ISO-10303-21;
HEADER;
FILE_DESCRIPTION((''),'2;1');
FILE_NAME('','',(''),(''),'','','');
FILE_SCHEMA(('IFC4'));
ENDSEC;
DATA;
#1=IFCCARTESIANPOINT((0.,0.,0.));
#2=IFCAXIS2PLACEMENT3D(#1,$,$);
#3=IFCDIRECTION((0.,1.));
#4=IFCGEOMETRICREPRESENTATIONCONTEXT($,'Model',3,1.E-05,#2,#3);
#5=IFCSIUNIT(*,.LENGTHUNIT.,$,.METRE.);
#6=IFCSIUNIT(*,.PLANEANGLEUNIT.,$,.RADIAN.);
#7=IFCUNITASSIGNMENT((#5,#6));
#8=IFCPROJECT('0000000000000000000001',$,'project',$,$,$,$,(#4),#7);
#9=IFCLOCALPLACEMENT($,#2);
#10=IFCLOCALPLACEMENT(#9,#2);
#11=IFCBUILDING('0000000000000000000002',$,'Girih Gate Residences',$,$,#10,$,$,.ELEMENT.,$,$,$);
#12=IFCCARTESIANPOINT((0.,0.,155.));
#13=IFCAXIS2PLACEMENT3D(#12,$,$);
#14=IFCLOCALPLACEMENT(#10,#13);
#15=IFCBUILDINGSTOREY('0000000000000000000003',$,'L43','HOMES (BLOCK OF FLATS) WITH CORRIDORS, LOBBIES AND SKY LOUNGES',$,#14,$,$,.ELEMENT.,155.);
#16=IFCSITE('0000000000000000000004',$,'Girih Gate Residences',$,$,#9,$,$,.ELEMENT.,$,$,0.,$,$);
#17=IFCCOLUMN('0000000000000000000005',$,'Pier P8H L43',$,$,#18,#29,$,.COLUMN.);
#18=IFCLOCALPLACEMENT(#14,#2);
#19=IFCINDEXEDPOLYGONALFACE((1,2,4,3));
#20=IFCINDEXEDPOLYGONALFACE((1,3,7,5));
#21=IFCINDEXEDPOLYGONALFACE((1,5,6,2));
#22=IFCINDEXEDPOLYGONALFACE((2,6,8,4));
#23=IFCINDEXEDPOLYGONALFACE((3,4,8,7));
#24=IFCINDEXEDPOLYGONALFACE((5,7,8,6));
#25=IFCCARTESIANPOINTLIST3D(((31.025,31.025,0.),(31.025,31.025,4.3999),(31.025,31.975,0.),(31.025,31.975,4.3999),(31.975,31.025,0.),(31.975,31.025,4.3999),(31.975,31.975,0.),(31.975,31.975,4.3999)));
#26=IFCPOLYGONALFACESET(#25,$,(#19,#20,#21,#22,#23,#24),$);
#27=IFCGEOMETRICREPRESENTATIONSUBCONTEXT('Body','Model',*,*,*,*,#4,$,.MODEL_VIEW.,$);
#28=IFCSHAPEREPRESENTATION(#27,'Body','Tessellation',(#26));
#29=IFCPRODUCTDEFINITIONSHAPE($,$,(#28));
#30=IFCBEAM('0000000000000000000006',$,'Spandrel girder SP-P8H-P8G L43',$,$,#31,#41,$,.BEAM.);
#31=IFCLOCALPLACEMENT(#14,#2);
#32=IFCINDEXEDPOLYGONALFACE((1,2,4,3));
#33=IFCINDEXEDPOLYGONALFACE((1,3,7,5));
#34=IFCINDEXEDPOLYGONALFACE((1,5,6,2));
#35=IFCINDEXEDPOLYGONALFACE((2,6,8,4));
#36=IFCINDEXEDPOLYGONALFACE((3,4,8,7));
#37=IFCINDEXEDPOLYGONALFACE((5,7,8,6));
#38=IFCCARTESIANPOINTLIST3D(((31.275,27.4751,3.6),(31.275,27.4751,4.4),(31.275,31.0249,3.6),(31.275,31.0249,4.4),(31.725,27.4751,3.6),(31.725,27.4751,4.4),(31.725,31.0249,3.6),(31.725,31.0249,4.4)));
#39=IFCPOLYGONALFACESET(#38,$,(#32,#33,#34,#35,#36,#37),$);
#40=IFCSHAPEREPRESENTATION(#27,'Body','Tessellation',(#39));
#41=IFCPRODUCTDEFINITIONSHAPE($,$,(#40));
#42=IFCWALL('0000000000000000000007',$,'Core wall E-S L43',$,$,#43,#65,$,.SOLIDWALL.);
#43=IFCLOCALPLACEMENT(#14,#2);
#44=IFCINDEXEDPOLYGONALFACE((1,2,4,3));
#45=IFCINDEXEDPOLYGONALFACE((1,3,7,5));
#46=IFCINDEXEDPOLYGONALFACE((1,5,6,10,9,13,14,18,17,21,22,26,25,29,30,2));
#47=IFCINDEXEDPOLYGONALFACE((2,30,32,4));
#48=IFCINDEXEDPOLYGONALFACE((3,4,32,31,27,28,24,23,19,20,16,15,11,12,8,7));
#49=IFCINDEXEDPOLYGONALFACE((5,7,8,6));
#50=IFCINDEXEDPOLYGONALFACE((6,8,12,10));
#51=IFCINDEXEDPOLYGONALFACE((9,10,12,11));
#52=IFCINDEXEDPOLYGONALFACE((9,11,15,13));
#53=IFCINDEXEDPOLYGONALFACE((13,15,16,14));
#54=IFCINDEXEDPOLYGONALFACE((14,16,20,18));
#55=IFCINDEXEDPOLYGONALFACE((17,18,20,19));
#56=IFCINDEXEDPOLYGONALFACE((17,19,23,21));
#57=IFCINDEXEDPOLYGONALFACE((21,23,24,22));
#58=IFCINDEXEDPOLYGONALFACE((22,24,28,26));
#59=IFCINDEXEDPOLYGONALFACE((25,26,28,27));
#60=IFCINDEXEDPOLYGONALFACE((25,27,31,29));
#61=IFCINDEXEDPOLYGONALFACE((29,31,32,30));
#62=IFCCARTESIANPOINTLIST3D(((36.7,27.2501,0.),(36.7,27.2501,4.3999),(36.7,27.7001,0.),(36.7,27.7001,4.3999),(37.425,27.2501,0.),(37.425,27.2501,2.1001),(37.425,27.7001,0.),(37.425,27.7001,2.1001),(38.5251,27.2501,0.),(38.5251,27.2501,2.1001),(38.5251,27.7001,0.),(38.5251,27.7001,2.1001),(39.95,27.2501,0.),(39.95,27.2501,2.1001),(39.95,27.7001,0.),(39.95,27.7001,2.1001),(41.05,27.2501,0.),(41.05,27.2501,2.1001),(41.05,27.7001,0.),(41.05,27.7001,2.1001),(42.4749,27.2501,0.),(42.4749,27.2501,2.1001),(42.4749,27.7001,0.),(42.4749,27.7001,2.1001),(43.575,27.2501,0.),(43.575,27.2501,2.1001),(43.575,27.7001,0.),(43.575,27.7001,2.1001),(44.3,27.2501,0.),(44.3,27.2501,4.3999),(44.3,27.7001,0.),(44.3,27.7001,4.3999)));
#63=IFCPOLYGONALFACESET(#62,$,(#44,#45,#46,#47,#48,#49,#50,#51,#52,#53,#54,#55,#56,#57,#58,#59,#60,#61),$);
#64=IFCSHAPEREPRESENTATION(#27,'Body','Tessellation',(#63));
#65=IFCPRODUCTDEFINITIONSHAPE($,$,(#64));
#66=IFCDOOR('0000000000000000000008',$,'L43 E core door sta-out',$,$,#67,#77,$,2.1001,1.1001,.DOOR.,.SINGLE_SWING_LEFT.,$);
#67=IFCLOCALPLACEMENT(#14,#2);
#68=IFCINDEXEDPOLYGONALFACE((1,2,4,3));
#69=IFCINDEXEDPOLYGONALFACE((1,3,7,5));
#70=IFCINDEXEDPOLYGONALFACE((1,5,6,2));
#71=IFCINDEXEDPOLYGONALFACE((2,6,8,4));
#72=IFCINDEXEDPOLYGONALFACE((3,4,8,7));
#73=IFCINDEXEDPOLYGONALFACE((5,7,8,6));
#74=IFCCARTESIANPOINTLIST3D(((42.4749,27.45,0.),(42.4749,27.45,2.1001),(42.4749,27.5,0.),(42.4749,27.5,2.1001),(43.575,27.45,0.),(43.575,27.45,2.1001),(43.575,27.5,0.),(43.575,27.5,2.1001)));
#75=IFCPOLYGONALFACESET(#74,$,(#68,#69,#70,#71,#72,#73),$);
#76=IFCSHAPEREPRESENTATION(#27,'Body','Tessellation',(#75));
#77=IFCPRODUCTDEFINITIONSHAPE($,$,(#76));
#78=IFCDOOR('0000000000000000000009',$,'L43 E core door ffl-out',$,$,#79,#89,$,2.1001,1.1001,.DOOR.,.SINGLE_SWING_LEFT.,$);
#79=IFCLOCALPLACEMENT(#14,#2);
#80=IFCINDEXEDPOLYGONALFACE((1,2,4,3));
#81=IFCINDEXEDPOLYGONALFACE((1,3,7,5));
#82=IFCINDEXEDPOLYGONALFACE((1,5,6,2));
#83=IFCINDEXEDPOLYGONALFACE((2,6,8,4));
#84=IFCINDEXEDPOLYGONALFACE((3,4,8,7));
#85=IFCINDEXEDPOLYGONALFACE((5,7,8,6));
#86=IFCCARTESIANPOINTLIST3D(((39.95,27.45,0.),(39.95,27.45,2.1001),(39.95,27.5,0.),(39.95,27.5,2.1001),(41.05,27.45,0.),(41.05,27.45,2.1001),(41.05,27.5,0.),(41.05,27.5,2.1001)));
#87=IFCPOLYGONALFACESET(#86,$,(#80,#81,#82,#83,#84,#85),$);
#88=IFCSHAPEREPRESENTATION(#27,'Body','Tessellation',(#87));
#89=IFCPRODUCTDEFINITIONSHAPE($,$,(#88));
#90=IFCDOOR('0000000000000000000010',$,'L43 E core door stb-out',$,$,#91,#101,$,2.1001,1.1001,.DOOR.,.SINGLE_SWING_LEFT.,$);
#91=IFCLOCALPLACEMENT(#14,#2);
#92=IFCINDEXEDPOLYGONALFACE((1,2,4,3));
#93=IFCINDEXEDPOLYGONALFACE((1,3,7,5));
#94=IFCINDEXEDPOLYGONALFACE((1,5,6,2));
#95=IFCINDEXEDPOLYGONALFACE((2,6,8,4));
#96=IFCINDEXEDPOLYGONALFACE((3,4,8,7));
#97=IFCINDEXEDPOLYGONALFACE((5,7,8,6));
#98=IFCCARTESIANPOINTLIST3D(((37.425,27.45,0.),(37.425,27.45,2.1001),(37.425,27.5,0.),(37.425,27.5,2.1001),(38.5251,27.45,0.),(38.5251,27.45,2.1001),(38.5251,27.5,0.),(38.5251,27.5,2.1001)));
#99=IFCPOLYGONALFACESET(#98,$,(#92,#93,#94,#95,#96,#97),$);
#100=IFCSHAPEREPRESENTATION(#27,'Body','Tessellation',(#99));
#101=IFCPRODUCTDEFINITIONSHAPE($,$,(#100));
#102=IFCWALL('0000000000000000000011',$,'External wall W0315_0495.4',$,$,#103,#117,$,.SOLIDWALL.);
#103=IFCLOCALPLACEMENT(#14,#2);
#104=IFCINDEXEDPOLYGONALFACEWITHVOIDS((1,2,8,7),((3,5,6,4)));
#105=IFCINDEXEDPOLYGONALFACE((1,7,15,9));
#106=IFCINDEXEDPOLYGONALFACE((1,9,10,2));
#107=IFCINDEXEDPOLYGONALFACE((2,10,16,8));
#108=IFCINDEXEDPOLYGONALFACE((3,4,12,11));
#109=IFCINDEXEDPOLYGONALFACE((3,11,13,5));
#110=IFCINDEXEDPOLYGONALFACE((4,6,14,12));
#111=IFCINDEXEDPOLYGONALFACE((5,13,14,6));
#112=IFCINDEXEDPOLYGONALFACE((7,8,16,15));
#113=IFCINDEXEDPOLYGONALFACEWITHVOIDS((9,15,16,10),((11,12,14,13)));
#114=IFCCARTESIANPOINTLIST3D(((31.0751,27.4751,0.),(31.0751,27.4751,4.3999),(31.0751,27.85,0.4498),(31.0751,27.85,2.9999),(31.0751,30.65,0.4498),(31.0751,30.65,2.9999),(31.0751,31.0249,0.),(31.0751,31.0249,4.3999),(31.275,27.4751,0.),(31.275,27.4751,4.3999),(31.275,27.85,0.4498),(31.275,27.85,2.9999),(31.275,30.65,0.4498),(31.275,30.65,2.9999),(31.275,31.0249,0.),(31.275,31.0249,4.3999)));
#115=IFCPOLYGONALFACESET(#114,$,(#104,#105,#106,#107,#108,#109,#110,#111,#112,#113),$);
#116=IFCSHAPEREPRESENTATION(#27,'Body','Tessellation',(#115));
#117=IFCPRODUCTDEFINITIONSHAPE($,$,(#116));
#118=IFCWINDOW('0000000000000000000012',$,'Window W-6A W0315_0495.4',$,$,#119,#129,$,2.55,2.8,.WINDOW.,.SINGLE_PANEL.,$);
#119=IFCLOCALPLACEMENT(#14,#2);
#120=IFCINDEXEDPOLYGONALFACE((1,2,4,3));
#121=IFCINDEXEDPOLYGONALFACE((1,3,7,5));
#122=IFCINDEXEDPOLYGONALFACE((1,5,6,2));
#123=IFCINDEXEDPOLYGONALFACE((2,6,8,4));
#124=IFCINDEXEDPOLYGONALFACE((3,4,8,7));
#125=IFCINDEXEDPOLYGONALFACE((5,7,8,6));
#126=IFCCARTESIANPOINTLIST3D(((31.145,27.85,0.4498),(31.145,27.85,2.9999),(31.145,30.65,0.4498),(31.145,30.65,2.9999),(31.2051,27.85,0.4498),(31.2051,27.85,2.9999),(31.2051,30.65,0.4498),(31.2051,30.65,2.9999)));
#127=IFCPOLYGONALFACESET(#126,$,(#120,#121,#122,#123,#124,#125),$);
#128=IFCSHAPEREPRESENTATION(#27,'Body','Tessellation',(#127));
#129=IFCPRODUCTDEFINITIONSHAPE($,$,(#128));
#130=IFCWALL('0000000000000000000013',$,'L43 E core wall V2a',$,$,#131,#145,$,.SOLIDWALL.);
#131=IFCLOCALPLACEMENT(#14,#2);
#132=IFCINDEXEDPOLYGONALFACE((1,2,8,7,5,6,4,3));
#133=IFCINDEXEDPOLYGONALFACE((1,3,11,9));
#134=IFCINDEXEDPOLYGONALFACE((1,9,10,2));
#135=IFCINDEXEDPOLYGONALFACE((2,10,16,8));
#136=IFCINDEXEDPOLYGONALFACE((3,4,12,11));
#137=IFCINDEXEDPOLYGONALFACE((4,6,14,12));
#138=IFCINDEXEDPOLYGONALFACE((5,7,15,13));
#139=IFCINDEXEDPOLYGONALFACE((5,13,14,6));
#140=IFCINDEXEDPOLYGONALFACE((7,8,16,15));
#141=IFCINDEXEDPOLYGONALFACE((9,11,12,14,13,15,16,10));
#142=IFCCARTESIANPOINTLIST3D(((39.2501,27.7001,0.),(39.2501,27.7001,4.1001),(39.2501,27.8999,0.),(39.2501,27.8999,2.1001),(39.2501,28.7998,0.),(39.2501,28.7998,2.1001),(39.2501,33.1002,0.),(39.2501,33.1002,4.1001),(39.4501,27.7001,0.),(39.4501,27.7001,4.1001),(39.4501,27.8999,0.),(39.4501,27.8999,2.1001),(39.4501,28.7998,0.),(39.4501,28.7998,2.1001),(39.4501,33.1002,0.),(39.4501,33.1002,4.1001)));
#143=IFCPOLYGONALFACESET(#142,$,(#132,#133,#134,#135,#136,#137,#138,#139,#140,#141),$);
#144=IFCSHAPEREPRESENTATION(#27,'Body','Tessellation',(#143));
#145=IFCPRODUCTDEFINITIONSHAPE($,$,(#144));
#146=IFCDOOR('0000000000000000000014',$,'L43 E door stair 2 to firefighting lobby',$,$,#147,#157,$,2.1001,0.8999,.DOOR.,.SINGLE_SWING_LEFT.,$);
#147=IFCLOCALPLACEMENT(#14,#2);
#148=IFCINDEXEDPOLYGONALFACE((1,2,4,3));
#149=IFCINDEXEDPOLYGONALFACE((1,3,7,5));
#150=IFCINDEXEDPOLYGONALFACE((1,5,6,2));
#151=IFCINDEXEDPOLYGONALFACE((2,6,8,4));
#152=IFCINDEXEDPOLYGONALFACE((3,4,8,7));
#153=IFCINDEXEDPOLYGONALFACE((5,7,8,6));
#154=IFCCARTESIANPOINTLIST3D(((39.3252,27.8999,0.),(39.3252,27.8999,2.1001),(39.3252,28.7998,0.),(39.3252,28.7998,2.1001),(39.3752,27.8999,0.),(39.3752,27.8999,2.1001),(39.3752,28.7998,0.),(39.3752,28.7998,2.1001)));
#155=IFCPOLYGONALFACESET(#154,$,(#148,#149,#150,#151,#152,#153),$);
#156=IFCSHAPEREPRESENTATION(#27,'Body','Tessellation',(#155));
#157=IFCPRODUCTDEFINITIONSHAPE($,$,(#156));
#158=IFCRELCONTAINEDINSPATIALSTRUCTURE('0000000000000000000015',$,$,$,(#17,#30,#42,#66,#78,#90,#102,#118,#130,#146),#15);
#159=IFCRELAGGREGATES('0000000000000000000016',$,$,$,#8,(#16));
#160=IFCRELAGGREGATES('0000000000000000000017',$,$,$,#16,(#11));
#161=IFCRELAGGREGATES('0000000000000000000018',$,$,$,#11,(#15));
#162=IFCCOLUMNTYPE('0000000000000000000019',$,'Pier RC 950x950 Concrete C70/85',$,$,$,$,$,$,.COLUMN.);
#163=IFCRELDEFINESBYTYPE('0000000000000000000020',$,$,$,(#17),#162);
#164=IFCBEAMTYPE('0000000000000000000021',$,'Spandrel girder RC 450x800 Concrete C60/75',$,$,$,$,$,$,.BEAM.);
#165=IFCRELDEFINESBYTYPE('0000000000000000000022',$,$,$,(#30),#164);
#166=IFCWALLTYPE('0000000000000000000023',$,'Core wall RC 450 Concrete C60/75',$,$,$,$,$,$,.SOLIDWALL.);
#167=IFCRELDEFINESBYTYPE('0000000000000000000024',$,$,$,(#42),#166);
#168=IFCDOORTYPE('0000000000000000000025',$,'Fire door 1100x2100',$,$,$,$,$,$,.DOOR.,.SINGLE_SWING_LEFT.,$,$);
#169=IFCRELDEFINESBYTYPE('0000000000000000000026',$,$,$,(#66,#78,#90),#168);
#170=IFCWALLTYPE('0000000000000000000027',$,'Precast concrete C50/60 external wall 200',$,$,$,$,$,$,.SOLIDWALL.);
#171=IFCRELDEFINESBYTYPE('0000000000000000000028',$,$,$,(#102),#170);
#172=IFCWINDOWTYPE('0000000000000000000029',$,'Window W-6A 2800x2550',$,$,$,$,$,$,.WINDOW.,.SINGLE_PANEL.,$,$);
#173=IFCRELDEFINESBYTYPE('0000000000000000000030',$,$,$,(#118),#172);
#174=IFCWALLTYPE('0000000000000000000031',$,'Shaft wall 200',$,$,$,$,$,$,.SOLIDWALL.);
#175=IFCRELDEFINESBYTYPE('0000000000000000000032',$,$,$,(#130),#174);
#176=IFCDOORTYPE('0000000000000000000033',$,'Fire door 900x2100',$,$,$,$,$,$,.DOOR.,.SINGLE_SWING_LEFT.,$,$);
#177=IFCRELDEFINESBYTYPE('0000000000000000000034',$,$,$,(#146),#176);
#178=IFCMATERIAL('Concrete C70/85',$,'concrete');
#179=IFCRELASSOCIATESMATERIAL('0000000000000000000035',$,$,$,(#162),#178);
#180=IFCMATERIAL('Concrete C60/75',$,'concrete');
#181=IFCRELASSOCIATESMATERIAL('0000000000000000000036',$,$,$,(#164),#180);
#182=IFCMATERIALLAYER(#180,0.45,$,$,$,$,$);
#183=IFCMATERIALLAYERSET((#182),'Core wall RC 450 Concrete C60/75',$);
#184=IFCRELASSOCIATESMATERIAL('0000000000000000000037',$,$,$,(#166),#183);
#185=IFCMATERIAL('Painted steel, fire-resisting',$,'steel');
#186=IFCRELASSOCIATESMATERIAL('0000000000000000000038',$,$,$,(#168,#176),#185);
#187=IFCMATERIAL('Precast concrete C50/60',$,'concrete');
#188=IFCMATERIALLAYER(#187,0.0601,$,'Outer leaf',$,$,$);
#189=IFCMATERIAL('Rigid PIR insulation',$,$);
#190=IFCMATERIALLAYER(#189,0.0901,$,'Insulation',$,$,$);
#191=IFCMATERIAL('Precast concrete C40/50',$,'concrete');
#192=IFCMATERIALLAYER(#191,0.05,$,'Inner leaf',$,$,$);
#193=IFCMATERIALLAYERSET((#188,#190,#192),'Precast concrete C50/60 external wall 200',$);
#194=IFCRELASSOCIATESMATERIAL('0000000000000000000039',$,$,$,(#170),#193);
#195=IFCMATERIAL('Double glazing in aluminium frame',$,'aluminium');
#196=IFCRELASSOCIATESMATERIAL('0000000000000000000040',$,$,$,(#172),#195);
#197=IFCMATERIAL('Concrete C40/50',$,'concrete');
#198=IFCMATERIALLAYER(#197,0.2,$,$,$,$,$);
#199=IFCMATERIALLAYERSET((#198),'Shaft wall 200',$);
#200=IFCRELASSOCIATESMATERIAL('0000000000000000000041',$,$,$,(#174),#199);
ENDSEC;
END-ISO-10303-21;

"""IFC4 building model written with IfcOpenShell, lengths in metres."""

from ifc_helpers import new_model, si_unit, direction, frame, frame_2d, origin, origin_2d, place, context, subcontext, project, spatial, rectangle, extrude, material, layer, layer_set, material_profile, profile_set, type_object, element, fill, save


model = new_model("IFC4")

# Units and contexts
model_context = context("Model", 3, precision=1e-05, world=origin(), true_north=direction((0.0, 1.0)))
body_context = subcontext(model_context, "Body", "Model", "MODEL_VIEW")
ifc_project = project(units=[si_unit("LENGTHUNIT", "METRE"), si_unit("PLANEANGLEUNIT", "RADIAN")], contexts=[model_context])

# Site, building, storey
site_placement = place(None, origin())
site = spatial("IfcSite", under=ifc_project, at=site_placement, Name="Girih Gate Residences", CompositionType="ELEMENT", RefElevation=0.0)
building_placement = place(site_placement, origin())
building = spatial("IfcBuilding", under=site, at=building_placement, Name="Girih Gate Residences", CompositionType="ELEMENT")
storey_placement = place(building_placement, frame((0.0, 0.0, 155.0)))
storey = spatial("IfcBuildingStorey", under=building, at=storey_placement, Name="L43", Description="HOMES (BLOCK OF FLATS) WITH CORRIDORS, LOBBIES AND SKY LOUNGES", CompositionType="ELEMENT", Elevation=155.0)

# Column
ifc_material_1 = material(Name="Concrete C70/85", Category="concrete")
ifc_material_profile_1 = material_profile(ifc_material_1, rectangle(XDim=0.95, YDim=0.95, at=origin_2d()))
ifc_profile_set_1 = profile_set([ifc_material_profile_1], Name="Concrete C70/85")
column_type = type_object("IfcColumnType", Name="Pier RC 950x950 Concrete C70/85", PredefinedType="COLUMN", material=ifc_profile_set_1)
column_placement = place(storey_placement, frame((31.5, 31.5, 0.0), z_axis=(0.0, 0.0, 1.0), x_axis=(1.0, 0.0, 0.0)))
element("IfcColumn", 1, at=column_placement, inside=storey, type_object=column_type, Name="Pier P8H L43", PredefinedType="COLUMN", context=body_context, shape_type="SweptSolid", body=[
    extrude(rectangle(XDim=0.95, YDim=0.95, at=origin_2d()), origin(), (0.0, 0.0, 1.0), 4.3999),
])

# Beam
ifc_material_2 = material(Name="Concrete C60/75", Category="concrete")
ifc_material_profile_2 = material_profile(ifc_material_2, rectangle(XDim=0.45, YDim=0.8, at=origin_2d()))
ifc_profile_set_2 = profile_set([ifc_material_profile_2], Name="Concrete C60/75")
beam_type = type_object("IfcBeamType", Name="Spandrel girder RC 450x800 Concrete C60/75", PredefinedType="BEAM", material=ifc_profile_set_2)
beam_placement = place(storey_placement, frame((31.5, 31.0249, 4.0), z_axis=(0.0, -1.0, 0.0), x_axis=(1.0, 0.0, 0.0)))
element("IfcBeam", 2, at=beam_placement, inside=storey, type_object=beam_type, Name="Spandrel girder SP-P8H-P8G L43", PredefinedType="BEAM", context=body_context, shape_type="SweptSolid", body=[
    extrude(rectangle(XDim=0.45, YDim=0.8, at=origin_2d()), origin(), (0.0, 0.0, 1.0), 3.5498),
])

# Wall, openings, doors
ifc_layer_1 = layer(ifc_material_2, 0.45)
ifc_layer_set_1 = layer_set([ifc_layer_1], Name="Core wall RC 450 Concrete C60/75")
wall_type_1 = type_object("IfcWallType", Name="Core wall RC 450 Concrete C60/75", PredefinedType="SOLIDWALL", material=ifc_layer_set_1)
wall_1_placement = place(storey_placement, frame((36.7, 27.4751, 0.0), z_axis=(0.0, 0.0, 1.0), x_axis=(1.0, 0.0, 0.0)))
wall_1 = element("IfcWall", 3, at=wall_1_placement, inside=storey, type_object=wall_type_1, Name="Core wall E-S L43", PredefinedType="SOLIDWALL", context=body_context, shape_type="SweptSolid", body=[
    extrude(rectangle(XDim=7.6001, YDim=0.45, at=frame_2d((3.8, 0.0))), origin(), (0.0, 0.0, 1.0), 4.3999),
])
opening_1_placement = place(wall_1_placement, frame((5.7749, 0.0, 0.0)))
opening_1 = element("IfcOpeningElement", 4, at=opening_1_placement, cuts=wall_1, PredefinedType="OPENING", context=body_context, shape_type="SweptSolid", body=[
    extrude(rectangle(XDim=1.1001, YDim=2.1001, at=frame_2d((0.55, 1.05))), frame((0.0, 0.2349, 0.0), z_axis=(0.0, -1.0, 0.0), x_axis=(1.0, 0.0, 0.0)), (0.0, 0.0, 1.0), 0.47),
])
opening_2_placement = place(wall_1_placement, frame((3.25, 0.0, 0.0)))
opening_2 = element("IfcOpeningElement", 5, at=opening_2_placement, cuts=wall_1, PredefinedType="OPENING", context=body_context, shape_type="SweptSolid", body=[
    extrude(rectangle(XDim=1.1001, YDim=2.1001, at=frame_2d((0.55, 1.05))), frame((0.0, 0.2349, 0.0), z_axis=(0.0, -1.0, 0.0), x_axis=(1.0, 0.0, 0.0)), (0.0, 0.0, 1.0), 0.47),
])
opening_3_placement = place(wall_1_placement, frame((0.7251, 0.0, 0.0)))
opening_3 = element("IfcOpeningElement", 6, at=opening_3_placement, cuts=wall_1, PredefinedType="OPENING", context=body_context, shape_type="SweptSolid", body=[
    extrude(rectangle(XDim=1.1001, YDim=2.1001, at=frame_2d((0.55, 1.05))), frame((0.0, 0.2349, 0.0), z_axis=(0.0, -1.0, 0.0), x_axis=(1.0, 0.0, 0.0)), (0.0, 0.0, 1.0), 0.47),
])
ifc_material_3 = material(Name="Painted steel, fire-resisting", Category="steel")
door_type_1 = type_object("IfcDoorType", Name="Fire door 1100x2100", OperationType="SINGLE_SWING_LEFT", PredefinedType="DOOR", material=ifc_material_3)
door_1_placement = place(opening_1_placement, origin())
door_1 = element("IfcDoor", 7, at=door_1_placement, inside=storey, type_object=door_type_1, Name="L43 E core door sta-out", OperationType="SINGLE_SWING_LEFT", OverallHeight=2.1001, OverallWidth=1.1001, PredefinedType="DOOR", context=body_context, shape_type="SweptSolid", body=[
    extrude(rectangle(XDim=1.1001, YDim=2.1001, at=frame_2d((0.55, 1.05))), frame((0.0, 0.0249, 0.0), z_axis=(0.0, -1.0, 0.0), x_axis=(1.0, 0.0, 0.0)), (0.0, 0.0, 1.0), 0.05),
])
fill(opening_1, door_1)
door_2_placement = place(opening_2_placement, origin())
door_2 = element("IfcDoor", 8, at=door_2_placement, inside=storey, type_object=door_type_1, Name="L43 E core door ffl-out", OperationType="SINGLE_SWING_LEFT", OverallHeight=2.1001, OverallWidth=1.1001, PredefinedType="DOOR", context=body_context, shape_type="SweptSolid", body=[
    extrude(rectangle(XDim=1.1001, YDim=2.1001, at=frame_2d((0.55, 1.05))), frame((0.0, 0.0249, 0.0), z_axis=(0.0, -1.0, 0.0), x_axis=(1.0, 0.0, 0.0)), (0.0, 0.0, 1.0), 0.05),
])
fill(opening_2, door_2)
door_3_placement = place(opening_3_placement, origin())
door_3 = element("IfcDoor", 9, at=door_3_placement, inside=storey, type_object=door_type_1, Name="L43 E core door stb-out", OperationType="SINGLE_SWING_LEFT", OverallHeight=2.1001, OverallWidth=1.1001, PredefinedType="DOOR", context=body_context, shape_type="SweptSolid", body=[
    extrude(rectangle(XDim=1.1001, YDim=2.1001, at=frame_2d((0.55, 1.05))), frame((0.0, 0.0249, 0.0), z_axis=(0.0, -1.0, 0.0), x_axis=(1.0, 0.0, 0.0)), (0.0, 0.0, 1.0), 0.05),
])
fill(opening_3, door_3)

# Wall, opening, window
ifc_material_4 = material(Name="Precast concrete C50/60", Category="concrete")
ifc_layer_2 = layer(ifc_material_4, 0.0601, Name="Outer leaf")
ifc_material_5 = material(Name="Rigid PIR insulation")
ifc_layer_3 = layer(ifc_material_5, 0.0901, Name="Insulation")
ifc_material_6 = material(Name="Precast concrete C40/50", Category="concrete")
ifc_layer_4 = layer(ifc_material_6, 0.05, Name="Inner leaf")
ifc_layer_set_2 = layer_set([ifc_layer_2, ifc_layer_3, ifc_layer_4], Name="Precast concrete C50/60 external wall 200")
wall_type_2 = type_object("IfcWallType", Name="Precast concrete C50/60 external wall 200", PredefinedType="SOLIDWALL", material=ifc_layer_set_2)
wall_2_placement = place(storey_placement, frame((31.175, 27.4751, 0.0), z_axis=(0.0, 0.0, 1.0), x_axis=(0.0, 1.0, 0.0)))
wall_2 = element("IfcWall", 10, at=wall_2_placement, inside=storey, type_object=wall_type_2, Name="External wall W0315_0495.4", PredefinedType="SOLIDWALL", context=body_context, shape_type="SweptSolid", body=[
    extrude(rectangle(XDim=3.5498, YDim=0.2, at=frame_2d((1.7749, 0.0))), origin(), (0.0, 0.0, 1.0), 4.3999),
])
opening_4_placement = place(wall_2_placement, frame((0.375, 0.0, 0.45)))
opening_4 = element("IfcOpeningElement", 11, at=opening_4_placement, cuts=wall_2, PredefinedType="OPENING", context=body_context, shape_type="SweptSolid", body=[
    extrude(rectangle(XDim=2.8, YDim=2.55, at=frame_2d((1.3999, 1.2749))), frame((0.0, 0.1099, 0.0), z_axis=(0.0, -1.0, 0.0), x_axis=(1.0, 0.0, 0.0)), (0.0, 0.0, 1.0), 0.22),
])
ifc_material_7 = material(Name="Double glazing in aluminium frame", Category="aluminium")
window_type = type_object("IfcWindowType", Name="Window W-6A 2800x2550", PartitioningType="SINGLE_PANEL", PredefinedType="WINDOW", material=ifc_material_7)
window_placement = place(opening_4_placement, origin())
window = element("IfcWindow", 12, at=window_placement, inside=storey, type_object=window_type, Name="Window W-6A W0315_0495.4", OverallHeight=2.55, OverallWidth=2.8, PartitioningType="SINGLE_PANEL", PredefinedType="WINDOW", context=body_context, shape_type="SweptSolid", body=[
    extrude(rectangle(XDim=2.8, YDim=2.55, at=frame_2d((1.3999, 1.2749))), frame((0.0, 0.03, 0.0), z_axis=(0.0, -1.0, 0.0), x_axis=(1.0, 0.0, 0.0)), (0.0, 0.0, 1.0), 0.0601),
])
fill(opening_4, window)

# Wall, opening, door
ifc_material_8 = material(Name="Concrete C40/50", Category="concrete")
ifc_layer_5 = layer(ifc_material_8, 0.2)
ifc_layer_set_3 = layer_set([ifc_layer_5], Name="Shaft wall 200")
wall_type_3 = type_object("IfcWallType", Name="Shaft wall 200", PredefinedType="SOLIDWALL", material=ifc_layer_set_3)
wall_3_placement = place(storey_placement, frame((39.3501, 27.7, 0.0), z_axis=(0.0, 0.0, 1.0), x_axis=(0.0, 1.0, 0.0)))
wall_3 = element("IfcWall", 13, at=wall_3_placement, inside=storey, type_object=wall_type_3, Name="L43 E core wall V2a", PredefinedType="SOLIDWALL", context=body_context, shape_type="SweptSolid", body=[
    extrude(rectangle(XDim=5.4001, YDim=0.2, at=frame_2d((2.7002, 0.0))), origin(), (0.0, 0.0, 1.0), 4.1001),
])
opening_5_placement = place(wall_3_placement, frame((0.2, 0.0, 0.0)))
opening_5 = element("IfcOpeningElement", 14, at=opening_5_placement, cuts=wall_3, PredefinedType="OPENING", context=body_context, shape_type="SweptSolid", body=[
    extrude(rectangle(XDim=0.8999, YDim=2.1001, at=frame_2d((0.45, 1.05))), frame((0.0, 0.1099, 0.0), z_axis=(0.0, -1.0, 0.0), x_axis=(1.0, 0.0, 0.0)), (0.0, 0.0, 1.0), 0.22),
])
door_type_2 = type_object("IfcDoorType", Name="Fire door 900x2100", OperationType="SINGLE_SWING_LEFT", PredefinedType="DOOR", material=ifc_material_3)
door_4_placement = place(opening_5_placement, origin())
door_4 = element("IfcDoor", 15, at=door_4_placement, inside=storey, type_object=door_type_2, Name="L43 E door stair 2 to firefighting lobby", OperationType="SINGLE_SWING_LEFT", OverallHeight=2.1001, OverallWidth=0.8999, PredefinedType="DOOR", context=body_context, shape_type="SweptSolid", body=[
    extrude(rectangle(XDim=0.8999, YDim=2.1001, at=frame_2d((0.45, 1.05))), frame((0.0, 0.0249, 0.0), z_axis=(0.0, -1.0, 0.0), x_axis=(1.0, 0.0, 0.0)), (0.0, 0.0, 1.0), 0.05),
])
fill(opening_5, door_4)

save(model, "model.ifc")
